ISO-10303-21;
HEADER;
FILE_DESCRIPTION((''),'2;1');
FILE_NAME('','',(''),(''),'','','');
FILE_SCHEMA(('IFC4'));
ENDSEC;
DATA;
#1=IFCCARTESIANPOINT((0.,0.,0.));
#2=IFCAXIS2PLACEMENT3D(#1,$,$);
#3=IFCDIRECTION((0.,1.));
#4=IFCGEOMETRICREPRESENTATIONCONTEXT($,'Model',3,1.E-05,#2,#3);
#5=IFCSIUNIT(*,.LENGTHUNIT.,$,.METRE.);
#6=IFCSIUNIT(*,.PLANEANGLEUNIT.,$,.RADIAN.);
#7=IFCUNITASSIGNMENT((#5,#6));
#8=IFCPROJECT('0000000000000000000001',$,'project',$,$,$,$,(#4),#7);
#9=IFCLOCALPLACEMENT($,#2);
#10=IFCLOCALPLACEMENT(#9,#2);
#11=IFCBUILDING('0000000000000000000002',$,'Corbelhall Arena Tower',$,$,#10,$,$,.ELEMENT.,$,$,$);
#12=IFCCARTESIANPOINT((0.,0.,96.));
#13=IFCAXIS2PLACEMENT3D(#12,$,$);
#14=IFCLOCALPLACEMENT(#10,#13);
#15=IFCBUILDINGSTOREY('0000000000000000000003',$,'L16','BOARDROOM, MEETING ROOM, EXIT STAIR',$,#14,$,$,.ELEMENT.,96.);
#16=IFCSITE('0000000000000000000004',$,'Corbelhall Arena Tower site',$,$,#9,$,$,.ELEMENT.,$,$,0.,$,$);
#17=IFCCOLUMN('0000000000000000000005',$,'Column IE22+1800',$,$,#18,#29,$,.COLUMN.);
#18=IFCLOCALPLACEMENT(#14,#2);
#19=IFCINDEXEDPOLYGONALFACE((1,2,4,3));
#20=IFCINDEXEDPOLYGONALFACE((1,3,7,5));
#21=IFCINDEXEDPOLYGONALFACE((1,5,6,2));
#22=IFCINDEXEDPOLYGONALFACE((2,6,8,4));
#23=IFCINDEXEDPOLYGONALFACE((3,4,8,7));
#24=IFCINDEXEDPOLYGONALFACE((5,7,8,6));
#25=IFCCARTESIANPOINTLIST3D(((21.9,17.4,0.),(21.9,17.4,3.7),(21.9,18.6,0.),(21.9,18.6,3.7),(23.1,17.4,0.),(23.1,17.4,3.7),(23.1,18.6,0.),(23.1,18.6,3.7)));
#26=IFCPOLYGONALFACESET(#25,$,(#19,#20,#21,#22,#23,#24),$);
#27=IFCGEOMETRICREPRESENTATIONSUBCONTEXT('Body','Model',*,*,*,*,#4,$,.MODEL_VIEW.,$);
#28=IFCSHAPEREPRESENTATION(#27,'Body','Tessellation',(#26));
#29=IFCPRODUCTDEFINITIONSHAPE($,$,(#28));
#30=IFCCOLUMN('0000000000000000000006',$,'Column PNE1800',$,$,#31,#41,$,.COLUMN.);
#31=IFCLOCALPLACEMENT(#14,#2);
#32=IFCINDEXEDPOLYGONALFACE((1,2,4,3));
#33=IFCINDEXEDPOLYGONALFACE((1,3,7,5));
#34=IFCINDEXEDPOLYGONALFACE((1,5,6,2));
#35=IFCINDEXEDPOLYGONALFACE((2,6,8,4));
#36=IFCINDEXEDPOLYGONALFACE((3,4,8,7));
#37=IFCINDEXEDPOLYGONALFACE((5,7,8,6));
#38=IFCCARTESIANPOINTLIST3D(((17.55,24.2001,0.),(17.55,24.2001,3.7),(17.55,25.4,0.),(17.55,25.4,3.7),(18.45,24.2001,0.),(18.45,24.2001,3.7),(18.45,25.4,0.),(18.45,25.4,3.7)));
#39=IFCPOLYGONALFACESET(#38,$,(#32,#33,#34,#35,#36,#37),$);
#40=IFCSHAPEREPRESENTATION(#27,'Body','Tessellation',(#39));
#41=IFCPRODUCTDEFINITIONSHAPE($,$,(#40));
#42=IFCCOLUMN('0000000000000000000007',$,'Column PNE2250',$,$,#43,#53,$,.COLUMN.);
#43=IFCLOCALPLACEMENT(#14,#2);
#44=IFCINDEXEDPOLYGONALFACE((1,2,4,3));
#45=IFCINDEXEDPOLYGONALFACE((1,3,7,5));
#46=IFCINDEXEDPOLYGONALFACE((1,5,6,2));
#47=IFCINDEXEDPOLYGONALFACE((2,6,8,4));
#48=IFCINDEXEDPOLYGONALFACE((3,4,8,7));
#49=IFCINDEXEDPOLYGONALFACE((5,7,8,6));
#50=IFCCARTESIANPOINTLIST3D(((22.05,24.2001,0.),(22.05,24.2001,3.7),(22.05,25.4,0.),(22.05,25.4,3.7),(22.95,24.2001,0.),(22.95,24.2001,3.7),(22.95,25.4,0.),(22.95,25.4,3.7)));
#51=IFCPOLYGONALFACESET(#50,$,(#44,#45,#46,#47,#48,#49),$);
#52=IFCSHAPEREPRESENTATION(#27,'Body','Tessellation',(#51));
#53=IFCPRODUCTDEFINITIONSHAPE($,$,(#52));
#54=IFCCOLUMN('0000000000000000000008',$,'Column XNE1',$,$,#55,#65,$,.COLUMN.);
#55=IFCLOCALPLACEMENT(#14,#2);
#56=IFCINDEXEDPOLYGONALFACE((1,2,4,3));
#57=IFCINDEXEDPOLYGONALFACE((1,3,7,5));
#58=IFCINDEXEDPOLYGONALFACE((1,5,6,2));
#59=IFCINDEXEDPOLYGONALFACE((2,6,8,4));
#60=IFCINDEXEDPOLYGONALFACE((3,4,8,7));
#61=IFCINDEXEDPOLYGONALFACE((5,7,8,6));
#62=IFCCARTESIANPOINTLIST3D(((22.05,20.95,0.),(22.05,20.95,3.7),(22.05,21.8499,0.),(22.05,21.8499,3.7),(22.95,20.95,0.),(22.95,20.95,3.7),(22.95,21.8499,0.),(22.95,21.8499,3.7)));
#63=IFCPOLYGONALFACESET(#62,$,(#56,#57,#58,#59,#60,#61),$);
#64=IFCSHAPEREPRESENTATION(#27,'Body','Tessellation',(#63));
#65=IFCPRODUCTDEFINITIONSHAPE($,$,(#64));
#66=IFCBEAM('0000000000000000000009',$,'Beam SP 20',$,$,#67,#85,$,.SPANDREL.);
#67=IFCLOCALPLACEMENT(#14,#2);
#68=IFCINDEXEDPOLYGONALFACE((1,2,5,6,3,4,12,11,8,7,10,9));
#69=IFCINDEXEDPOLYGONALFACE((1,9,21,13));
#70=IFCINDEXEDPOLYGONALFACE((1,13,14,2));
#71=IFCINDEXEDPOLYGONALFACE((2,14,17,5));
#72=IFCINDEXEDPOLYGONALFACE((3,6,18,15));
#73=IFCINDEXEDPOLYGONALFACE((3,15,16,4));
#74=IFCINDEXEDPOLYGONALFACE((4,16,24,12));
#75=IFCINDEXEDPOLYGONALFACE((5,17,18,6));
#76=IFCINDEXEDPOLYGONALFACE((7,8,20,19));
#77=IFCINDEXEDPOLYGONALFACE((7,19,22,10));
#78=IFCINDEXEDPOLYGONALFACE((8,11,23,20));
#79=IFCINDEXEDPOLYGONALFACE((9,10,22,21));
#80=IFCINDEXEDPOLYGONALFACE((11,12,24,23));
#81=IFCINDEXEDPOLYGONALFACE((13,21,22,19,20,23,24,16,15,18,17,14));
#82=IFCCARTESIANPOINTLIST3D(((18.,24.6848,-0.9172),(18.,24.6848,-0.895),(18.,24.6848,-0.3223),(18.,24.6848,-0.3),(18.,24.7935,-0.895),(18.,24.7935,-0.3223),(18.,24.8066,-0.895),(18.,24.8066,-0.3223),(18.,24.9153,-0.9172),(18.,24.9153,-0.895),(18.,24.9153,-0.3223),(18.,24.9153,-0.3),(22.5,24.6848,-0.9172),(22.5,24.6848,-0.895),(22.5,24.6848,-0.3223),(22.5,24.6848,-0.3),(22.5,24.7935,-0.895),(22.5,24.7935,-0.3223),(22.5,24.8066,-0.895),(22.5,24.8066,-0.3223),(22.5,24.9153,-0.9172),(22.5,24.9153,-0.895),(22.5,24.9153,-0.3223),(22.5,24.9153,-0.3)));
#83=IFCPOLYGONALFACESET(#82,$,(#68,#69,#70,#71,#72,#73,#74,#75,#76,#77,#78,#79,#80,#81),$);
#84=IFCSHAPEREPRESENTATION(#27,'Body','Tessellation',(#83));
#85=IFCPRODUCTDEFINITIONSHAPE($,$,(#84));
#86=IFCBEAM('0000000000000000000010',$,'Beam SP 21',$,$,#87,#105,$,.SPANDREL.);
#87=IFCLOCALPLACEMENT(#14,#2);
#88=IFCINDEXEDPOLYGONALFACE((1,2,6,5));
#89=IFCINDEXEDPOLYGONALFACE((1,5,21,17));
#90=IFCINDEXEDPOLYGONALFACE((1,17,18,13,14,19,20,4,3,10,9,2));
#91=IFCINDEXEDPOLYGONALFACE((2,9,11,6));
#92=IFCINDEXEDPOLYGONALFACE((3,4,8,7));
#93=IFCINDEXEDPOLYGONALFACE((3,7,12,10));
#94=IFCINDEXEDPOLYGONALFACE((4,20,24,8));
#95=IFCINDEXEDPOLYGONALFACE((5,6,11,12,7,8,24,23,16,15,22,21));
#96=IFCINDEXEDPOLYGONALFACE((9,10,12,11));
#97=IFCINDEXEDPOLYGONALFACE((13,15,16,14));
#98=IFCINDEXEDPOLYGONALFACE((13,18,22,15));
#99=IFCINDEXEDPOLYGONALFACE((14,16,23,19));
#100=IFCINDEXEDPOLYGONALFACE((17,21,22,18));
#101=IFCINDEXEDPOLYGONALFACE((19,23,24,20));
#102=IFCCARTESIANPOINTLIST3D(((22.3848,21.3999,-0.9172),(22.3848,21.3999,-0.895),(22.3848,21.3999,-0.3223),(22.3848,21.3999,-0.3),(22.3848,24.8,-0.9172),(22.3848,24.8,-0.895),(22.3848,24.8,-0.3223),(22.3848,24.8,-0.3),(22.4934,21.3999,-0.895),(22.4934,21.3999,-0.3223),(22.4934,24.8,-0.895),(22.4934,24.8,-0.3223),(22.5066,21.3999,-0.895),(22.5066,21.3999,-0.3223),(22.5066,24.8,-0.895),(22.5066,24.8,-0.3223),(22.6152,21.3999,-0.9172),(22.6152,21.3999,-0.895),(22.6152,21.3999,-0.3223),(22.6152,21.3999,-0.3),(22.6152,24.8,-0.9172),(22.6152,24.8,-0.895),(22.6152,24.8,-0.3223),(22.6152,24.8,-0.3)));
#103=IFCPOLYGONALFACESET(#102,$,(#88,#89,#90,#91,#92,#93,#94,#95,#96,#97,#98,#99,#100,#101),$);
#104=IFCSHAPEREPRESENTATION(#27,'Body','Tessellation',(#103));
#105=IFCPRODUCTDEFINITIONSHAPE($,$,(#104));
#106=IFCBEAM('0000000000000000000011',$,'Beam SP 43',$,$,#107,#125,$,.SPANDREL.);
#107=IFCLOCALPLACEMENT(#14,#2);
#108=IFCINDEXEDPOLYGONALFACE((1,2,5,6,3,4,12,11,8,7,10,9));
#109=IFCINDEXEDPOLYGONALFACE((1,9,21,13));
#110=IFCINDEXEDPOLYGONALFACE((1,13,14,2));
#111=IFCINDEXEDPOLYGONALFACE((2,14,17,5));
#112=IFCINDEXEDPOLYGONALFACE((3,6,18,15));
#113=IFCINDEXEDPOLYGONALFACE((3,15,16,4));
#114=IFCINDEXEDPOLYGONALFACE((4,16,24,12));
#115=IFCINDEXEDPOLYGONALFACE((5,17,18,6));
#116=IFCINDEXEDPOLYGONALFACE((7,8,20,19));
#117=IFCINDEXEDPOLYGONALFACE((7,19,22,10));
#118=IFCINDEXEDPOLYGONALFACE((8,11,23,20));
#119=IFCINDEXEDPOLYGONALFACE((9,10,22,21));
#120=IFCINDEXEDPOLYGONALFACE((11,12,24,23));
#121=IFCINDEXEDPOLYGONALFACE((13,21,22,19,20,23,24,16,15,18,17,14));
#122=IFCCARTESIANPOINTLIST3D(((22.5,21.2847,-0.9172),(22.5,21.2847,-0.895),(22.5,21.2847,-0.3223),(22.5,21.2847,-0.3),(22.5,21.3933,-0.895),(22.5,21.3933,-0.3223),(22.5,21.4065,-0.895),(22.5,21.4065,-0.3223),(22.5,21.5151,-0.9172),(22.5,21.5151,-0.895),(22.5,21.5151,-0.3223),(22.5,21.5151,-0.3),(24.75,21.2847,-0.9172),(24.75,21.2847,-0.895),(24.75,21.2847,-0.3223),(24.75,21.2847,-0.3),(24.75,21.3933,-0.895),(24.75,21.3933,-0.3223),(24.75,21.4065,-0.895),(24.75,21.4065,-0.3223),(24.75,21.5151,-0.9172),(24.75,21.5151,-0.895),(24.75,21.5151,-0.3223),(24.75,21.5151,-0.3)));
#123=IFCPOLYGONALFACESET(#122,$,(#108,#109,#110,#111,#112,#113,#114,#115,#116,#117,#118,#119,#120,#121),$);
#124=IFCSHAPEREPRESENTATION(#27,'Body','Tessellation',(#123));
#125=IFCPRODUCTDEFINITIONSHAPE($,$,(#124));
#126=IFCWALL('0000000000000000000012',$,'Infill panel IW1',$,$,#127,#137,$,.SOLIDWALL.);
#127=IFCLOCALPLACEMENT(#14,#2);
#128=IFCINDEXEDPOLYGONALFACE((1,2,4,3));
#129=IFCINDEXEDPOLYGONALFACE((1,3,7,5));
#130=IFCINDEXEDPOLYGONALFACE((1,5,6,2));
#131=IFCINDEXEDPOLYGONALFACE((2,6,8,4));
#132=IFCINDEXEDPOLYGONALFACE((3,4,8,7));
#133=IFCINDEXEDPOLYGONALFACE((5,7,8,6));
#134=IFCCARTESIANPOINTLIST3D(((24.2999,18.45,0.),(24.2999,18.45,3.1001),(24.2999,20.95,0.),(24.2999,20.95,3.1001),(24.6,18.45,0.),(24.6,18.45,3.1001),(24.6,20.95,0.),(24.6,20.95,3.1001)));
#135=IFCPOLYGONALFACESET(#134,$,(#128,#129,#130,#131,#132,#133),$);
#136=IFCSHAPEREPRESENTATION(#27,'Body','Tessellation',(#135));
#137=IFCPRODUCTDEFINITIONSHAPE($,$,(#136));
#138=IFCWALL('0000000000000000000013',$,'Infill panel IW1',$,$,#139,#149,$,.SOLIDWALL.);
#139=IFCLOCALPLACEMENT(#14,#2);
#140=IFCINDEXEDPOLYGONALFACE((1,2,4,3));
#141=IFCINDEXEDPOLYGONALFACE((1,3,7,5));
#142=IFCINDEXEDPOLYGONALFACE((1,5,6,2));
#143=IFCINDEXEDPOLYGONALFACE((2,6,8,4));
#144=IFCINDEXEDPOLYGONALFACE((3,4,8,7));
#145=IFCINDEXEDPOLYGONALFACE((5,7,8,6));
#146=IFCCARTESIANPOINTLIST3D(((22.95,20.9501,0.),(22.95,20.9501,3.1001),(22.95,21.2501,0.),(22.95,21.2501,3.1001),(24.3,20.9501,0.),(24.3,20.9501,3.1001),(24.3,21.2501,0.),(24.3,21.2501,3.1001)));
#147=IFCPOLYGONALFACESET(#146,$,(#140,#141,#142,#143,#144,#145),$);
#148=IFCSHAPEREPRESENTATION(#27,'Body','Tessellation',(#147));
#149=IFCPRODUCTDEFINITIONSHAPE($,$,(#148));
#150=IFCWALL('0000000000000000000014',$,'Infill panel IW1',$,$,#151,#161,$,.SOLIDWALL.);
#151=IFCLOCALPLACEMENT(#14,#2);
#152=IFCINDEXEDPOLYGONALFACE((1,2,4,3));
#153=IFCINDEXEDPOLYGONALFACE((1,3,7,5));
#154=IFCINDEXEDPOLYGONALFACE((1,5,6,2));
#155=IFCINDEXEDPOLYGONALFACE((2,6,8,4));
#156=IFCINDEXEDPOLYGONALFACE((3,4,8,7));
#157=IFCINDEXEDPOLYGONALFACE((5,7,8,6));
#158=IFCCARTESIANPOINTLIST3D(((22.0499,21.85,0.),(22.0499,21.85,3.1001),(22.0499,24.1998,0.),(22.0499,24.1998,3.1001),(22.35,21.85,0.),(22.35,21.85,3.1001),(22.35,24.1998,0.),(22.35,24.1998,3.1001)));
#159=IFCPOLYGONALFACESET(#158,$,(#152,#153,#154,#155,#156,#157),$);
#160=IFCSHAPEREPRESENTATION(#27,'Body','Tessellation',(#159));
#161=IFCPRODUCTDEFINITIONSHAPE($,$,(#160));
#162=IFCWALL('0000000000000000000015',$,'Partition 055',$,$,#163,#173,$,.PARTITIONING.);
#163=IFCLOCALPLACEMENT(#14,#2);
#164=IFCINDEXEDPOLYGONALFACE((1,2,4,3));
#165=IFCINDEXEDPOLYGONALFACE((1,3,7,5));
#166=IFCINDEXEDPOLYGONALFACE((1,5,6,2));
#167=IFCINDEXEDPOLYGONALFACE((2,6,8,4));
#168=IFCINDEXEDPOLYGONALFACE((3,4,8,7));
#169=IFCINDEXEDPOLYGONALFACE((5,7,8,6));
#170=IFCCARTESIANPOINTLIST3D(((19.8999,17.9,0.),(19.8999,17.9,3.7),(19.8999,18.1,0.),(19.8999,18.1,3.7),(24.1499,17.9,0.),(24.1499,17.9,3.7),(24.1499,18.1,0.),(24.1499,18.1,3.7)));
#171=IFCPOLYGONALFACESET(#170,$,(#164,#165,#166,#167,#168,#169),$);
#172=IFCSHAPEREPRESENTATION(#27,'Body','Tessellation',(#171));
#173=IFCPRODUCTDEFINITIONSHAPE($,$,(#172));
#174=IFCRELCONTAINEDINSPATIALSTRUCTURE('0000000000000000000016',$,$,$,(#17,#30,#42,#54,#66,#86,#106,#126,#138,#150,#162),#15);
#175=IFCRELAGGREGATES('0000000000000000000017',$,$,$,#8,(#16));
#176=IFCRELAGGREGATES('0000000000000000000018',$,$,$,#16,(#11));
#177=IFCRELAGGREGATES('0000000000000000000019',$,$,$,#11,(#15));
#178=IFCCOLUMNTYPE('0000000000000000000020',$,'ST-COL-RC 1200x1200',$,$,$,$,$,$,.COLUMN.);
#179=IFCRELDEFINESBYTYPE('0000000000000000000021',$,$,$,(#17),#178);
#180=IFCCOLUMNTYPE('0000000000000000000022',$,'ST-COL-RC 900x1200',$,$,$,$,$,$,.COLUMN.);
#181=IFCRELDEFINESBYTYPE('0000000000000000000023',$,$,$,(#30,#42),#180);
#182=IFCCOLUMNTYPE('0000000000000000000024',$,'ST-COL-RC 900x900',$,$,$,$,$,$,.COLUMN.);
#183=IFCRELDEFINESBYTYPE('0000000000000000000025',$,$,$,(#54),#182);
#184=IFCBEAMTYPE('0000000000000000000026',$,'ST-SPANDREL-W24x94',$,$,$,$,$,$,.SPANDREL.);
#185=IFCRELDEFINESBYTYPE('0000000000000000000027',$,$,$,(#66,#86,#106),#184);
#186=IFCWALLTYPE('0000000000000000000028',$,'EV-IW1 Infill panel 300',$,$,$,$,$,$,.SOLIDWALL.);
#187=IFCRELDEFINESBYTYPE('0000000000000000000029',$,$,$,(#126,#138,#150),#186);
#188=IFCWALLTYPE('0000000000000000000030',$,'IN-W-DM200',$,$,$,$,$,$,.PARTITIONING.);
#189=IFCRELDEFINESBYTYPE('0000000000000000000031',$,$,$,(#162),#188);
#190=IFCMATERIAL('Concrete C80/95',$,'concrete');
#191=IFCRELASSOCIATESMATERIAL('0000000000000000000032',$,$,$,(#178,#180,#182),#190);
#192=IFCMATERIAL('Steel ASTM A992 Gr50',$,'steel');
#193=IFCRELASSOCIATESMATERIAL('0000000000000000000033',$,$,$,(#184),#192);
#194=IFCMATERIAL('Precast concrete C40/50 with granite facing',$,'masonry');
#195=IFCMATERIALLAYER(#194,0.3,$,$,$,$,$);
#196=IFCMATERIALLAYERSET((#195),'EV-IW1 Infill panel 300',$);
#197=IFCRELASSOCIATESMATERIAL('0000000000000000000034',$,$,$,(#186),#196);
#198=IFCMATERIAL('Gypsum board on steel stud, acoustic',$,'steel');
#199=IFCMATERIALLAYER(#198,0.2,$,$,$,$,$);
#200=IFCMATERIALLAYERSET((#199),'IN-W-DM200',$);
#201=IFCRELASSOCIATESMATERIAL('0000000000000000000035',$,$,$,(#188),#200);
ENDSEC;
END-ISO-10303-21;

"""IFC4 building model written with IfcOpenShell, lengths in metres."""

from ifc_helpers import new_model, si_unit, direction, frame, frame_2d, origin, origin_2d, place, context, subcontext, project, spatial, rectangle, i_section, extrude, material, layer, layer_set, material_profile, profile_set, type_object, element, save


model = new_model("IFC4")

# Units and contexts
model_context = context("Model", 3, precision=1e-05, world=origin(), true_north=direction((0.0, 1.0)))
body_context = subcontext(model_context, "Body", "Model", "MODEL_VIEW")
ifc_project = project(units=[si_unit("LENGTHUNIT", "METRE"), si_unit("PLANEANGLEUNIT", "RADIAN")], contexts=[model_context])

# Site, building, storey
site_placement = place(None, origin())
site = spatial("IfcSite", under=ifc_project, at=site_placement, Name="Corbelhall Arena Tower site", CompositionType="ELEMENT", RefElevation=0.0)
building_placement = place(site_placement, origin())
building = spatial("IfcBuilding", under=site, at=building_placement, Name="Corbelhall Arena Tower", CompositionType="ELEMENT")
storey_placement = place(building_placement, frame((0.0, 0.0, 96.0)))
storey = spatial("IfcBuildingStorey", under=building, at=storey_placement, Name="L16", Description="BOARDROOM, MEETING ROOM, EXIT STAIR", CompositionType="ELEMENT", Elevation=96.0)

# Columns
ifc_material_1 = material(Name="Concrete C80/95", Category="concrete")
ifc_material_profile_1 = material_profile(ifc_material_1, rectangle(XDim=1.2, YDim=1.2, at=origin_2d()))
ifc_profile_set_1 = profile_set([ifc_material_profile_1], Name="Concrete C80/95")
column_type_1 = type_object("IfcColumnType", Name="ST-COL-RC 1200x1200", PredefinedType="COLUMN", material=ifc_profile_set_1)
column_1_placement = place(storey_placement, frame((22.5, 18.0, 0.0), z_axis=(0.0, 0.0, 1.0), x_axis=(1.0, 0.0, 0.0)))
element("IfcColumn", 1, at=column_1_placement, inside=storey, type_object=column_type_1, Name="Column IE22+1800", PredefinedType="COLUMN", context=body_context, shape_type="SweptSolid", body=[
    extrude(rectangle(XDim=1.2, YDim=1.2, at=origin_2d()), origin(), (0.0, 0.0, 1.0), 3.7),
])
ifc_material_profile_2 = material_profile(ifc_material_1, rectangle(XDim=0.8999, YDim=1.2, at=origin_2d()))
ifc_profile_set_2 = profile_set([ifc_material_profile_2], Name="Concrete C80/95")
column_type_2 = type_object("IfcColumnType", Name="ST-COL-RC 900x1200", PredefinedType="COLUMN", material=ifc_profile_set_2)
for number, where, z_axis, x_axis, name in (
    (2, (18.0, 24.8, 0.0), (0.0, 0.0, 1.0), (1.0, 0.0, 0.0), "Column PNE1800"),
    (3, (22.5, 24.8, 0.0), (0.0, 0.0, 1.0), (1.0, 0.0, 0.0), "Column PNE2250"),
):
    element("IfcColumn", number, at=place(storey_placement, frame(where, z_axis=z_axis, x_axis=x_axis)), inside=storey, type_object=column_type_2, Name=name, PredefinedType="COLUMN", context=body_context, shape_type="SweptSolid", body=[
        extrude(rectangle(XDim=0.8999, YDim=1.2, at=origin_2d()), origin(), (0.0, 0.0, 1.0), 3.7),
    ])
ifc_material_profile_3 = material_profile(ifc_material_1, rectangle(XDim=0.8999, YDim=0.8999, at=origin_2d()))
ifc_profile_set_3 = profile_set([ifc_material_profile_3], Name="Concrete C80/95")
column_type_3 = type_object("IfcColumnType", Name="ST-COL-RC 900x900", PredefinedType="COLUMN", material=ifc_profile_set_3)
column_2_placement = place(storey_placement, frame((22.5, 21.3999, 0.0), z_axis=(0.0, 0.0, 1.0), x_axis=(1.0, 0.0, 0.0)))
element("IfcColumn", 4, at=column_2_placement, inside=storey, type_object=column_type_3, Name="Column XNE1", PredefinedType="COLUMN", context=body_context, shape_type="SweptSolid", body=[
    extrude(rectangle(XDim=0.8999, YDim=0.8999, at=origin_2d()), origin(), (0.0, 0.0, 1.0), 3.7),
])

# Beams
ifc_material_2 = material(Name="Steel ASTM A992 Gr50", Category="steel")
ifc_material_profile_4 = material_profile(ifc_material_2, i_section(OverallWidth=0.2305, OverallDepth=0.6172, WebThickness=0.0132, FlangeThickness=0.0222, at=origin_2d()))
ifc_profile_set_4 = profile_set([ifc_material_profile_4], Name="Steel ASTM A992 Gr50")
beam_type = type_object("IfcBeamType", Name="ST-SPANDREL-W24x94", PredefinedType="SPANDREL", material=ifc_profile_set_4)
beam_1_placement = place(storey_placement, frame((18.0, 24.8, -0.6086), z_axis=(1.0, 0.0, 0.0), x_axis=(0.0, 1.0, 0.0)))
element("IfcBeam", 5, at=beam_1_placement, inside=storey, type_object=beam_type, Name="Beam SP 20", PredefinedType="SPANDREL", context=body_context, shape_type="SweptSolid", body=[
    extrude(i_section(OverallWidth=0.2305, OverallDepth=0.6172, WebThickness=0.0132, FlangeThickness=0.0222, at=origin_2d()), origin(), (0.0, 0.0, 1.0), 4.5),
])
beam_2_placement = place(storey_placement, frame((22.5, 24.8, -0.6086), z_axis=(0.0, -1.0, 0.0), x_axis=(1.0, 0.0, 0.0)))
element("IfcBeam", 6, at=beam_2_placement, inside=storey, type_object=beam_type, Name="Beam SP 21", PredefinedType="SPANDREL", context=body_context, shape_type="SweptSolid", body=[
    extrude(i_section(OverallWidth=0.2305, OverallDepth=0.6172, WebThickness=0.0132, FlangeThickness=0.0222, at=origin_2d()), origin(), (0.0, 0.0, 1.0), 3.4001),
])
beam_3_placement = place(storey_placement, frame((22.5, 21.3999, -0.6086), z_axis=(1.0, 0.0, 0.0), x_axis=(0.0, 1.0, 0.0)))
element("IfcBeam", 7, at=beam_3_placement, inside=storey, type_object=beam_type, Name="Beam SP 43", PredefinedType="SPANDREL", context=body_context, shape_type="SweptSolid", body=[
    extrude(i_section(OverallWidth=0.2305, OverallDepth=0.6172, WebThickness=0.0132, FlangeThickness=0.0222, at=origin_2d()), origin(), (0.0, 0.0, 1.0), 2.25),
])

# Walls
ifc_material_3 = material(Name="Precast concrete C40/50 with granite facing", Category="masonry")
ifc_layer_1 = layer(ifc_material_3, 0.3)
ifc_layer_set_1 = layer_set([ifc_layer_1], Name="EV-IW1 Infill panel 300")
wall_type_1 = type_object("IfcWallType", Name="EV-IW1 Infill panel 300", PredefinedType="SOLIDWALL", material=ifc_layer_set_1)
wall_1_placement = place(storey_placement, frame((24.45, 18.45, 0.0), z_axis=(0.0, 0.0, 1.0), x_axis=(0.0, 1.0, 0.0)))
element("IfcWall", 8, at=wall_1_placement, inside=storey, type_object=wall_type_1, Name="Infill panel IW1", PredefinedType="SOLIDWALL", context=body_context, shape_type="SweptSolid", body=[
    extrude(rectangle(XDim=2.5, YDim=0.3, at=frame_2d((1.25, 0.0))), origin(), (0.0, 0.0, 1.0), 3.1001),
])
wall_2_placement = place(storey_placement, frame((24.3, 21.1001, 0.0), z_axis=(0.0, 0.0, 1.0), x_axis=(-1.0, 0.0, 0.0)))
element("IfcWall", 9, at=wall_2_placement, inside=storey, type_object=wall_type_1, Name="Infill panel IW1", PredefinedType="SOLIDWALL", context=body_context, shape_type="SweptSolid", body=[
    extrude(rectangle(XDim=1.3501, YDim=0.3, at=frame_2d((0.675, 0.0))), origin(), (0.0, 0.0, 1.0), 3.1001),
])
wall_3_placement = place(storey_placement, frame((22.2, 21.8501, 0.0), z_axis=(0.0, 0.0, 1.0), x_axis=(0.0, 1.0, 0.0)))
element("IfcWall", 10, at=wall_3_placement, inside=storey, type_object=wall_type_1, Name="Infill panel IW1", PredefinedType="SOLIDWALL", context=body_context, shape_type="SweptSolid", body=[
    extrude(rectangle(XDim=2.3499, YDim=0.3, at=frame_2d((1.1748, 0.0))), origin(), (0.0, 0.0, 1.0), 3.1001),
])

# Shared definitions
ifc_material_4 = material(Name="Gypsum board on steel stud, acoustic", Category="steel")
ifc_layer_2 = layer(ifc_material_4, 0.2)
ifc_layer_set_2 = layer_set([ifc_layer_2], Name="IN-W-DM200")
wall_type_2 = type_object("IfcWallType", Name="IN-W-DM200", PredefinedType="PARTITIONING", material=ifc_layer_set_2)

# Wall
wall_4_placement = place(storey_placement, frame((19.8999, 18.0, 0.0), z_axis=(0.0, 0.0, 1.0), x_axis=(1.0, 0.0, 0.0)))
element("IfcWall", 11, at=wall_4_placement, inside=storey, type_object=wall_type_2, Name="Partition 055", PredefinedType="PARTITIONING", context=body_context, shape_type="SweptSolid", body=[
    extrude(rectangle(XDim=4.25, YDim=0.2, at=frame_2d((2.125, 0.0))), origin(), (0.0, 0.0, 1.0), 3.7),
])

save(model, "model.ifc")
